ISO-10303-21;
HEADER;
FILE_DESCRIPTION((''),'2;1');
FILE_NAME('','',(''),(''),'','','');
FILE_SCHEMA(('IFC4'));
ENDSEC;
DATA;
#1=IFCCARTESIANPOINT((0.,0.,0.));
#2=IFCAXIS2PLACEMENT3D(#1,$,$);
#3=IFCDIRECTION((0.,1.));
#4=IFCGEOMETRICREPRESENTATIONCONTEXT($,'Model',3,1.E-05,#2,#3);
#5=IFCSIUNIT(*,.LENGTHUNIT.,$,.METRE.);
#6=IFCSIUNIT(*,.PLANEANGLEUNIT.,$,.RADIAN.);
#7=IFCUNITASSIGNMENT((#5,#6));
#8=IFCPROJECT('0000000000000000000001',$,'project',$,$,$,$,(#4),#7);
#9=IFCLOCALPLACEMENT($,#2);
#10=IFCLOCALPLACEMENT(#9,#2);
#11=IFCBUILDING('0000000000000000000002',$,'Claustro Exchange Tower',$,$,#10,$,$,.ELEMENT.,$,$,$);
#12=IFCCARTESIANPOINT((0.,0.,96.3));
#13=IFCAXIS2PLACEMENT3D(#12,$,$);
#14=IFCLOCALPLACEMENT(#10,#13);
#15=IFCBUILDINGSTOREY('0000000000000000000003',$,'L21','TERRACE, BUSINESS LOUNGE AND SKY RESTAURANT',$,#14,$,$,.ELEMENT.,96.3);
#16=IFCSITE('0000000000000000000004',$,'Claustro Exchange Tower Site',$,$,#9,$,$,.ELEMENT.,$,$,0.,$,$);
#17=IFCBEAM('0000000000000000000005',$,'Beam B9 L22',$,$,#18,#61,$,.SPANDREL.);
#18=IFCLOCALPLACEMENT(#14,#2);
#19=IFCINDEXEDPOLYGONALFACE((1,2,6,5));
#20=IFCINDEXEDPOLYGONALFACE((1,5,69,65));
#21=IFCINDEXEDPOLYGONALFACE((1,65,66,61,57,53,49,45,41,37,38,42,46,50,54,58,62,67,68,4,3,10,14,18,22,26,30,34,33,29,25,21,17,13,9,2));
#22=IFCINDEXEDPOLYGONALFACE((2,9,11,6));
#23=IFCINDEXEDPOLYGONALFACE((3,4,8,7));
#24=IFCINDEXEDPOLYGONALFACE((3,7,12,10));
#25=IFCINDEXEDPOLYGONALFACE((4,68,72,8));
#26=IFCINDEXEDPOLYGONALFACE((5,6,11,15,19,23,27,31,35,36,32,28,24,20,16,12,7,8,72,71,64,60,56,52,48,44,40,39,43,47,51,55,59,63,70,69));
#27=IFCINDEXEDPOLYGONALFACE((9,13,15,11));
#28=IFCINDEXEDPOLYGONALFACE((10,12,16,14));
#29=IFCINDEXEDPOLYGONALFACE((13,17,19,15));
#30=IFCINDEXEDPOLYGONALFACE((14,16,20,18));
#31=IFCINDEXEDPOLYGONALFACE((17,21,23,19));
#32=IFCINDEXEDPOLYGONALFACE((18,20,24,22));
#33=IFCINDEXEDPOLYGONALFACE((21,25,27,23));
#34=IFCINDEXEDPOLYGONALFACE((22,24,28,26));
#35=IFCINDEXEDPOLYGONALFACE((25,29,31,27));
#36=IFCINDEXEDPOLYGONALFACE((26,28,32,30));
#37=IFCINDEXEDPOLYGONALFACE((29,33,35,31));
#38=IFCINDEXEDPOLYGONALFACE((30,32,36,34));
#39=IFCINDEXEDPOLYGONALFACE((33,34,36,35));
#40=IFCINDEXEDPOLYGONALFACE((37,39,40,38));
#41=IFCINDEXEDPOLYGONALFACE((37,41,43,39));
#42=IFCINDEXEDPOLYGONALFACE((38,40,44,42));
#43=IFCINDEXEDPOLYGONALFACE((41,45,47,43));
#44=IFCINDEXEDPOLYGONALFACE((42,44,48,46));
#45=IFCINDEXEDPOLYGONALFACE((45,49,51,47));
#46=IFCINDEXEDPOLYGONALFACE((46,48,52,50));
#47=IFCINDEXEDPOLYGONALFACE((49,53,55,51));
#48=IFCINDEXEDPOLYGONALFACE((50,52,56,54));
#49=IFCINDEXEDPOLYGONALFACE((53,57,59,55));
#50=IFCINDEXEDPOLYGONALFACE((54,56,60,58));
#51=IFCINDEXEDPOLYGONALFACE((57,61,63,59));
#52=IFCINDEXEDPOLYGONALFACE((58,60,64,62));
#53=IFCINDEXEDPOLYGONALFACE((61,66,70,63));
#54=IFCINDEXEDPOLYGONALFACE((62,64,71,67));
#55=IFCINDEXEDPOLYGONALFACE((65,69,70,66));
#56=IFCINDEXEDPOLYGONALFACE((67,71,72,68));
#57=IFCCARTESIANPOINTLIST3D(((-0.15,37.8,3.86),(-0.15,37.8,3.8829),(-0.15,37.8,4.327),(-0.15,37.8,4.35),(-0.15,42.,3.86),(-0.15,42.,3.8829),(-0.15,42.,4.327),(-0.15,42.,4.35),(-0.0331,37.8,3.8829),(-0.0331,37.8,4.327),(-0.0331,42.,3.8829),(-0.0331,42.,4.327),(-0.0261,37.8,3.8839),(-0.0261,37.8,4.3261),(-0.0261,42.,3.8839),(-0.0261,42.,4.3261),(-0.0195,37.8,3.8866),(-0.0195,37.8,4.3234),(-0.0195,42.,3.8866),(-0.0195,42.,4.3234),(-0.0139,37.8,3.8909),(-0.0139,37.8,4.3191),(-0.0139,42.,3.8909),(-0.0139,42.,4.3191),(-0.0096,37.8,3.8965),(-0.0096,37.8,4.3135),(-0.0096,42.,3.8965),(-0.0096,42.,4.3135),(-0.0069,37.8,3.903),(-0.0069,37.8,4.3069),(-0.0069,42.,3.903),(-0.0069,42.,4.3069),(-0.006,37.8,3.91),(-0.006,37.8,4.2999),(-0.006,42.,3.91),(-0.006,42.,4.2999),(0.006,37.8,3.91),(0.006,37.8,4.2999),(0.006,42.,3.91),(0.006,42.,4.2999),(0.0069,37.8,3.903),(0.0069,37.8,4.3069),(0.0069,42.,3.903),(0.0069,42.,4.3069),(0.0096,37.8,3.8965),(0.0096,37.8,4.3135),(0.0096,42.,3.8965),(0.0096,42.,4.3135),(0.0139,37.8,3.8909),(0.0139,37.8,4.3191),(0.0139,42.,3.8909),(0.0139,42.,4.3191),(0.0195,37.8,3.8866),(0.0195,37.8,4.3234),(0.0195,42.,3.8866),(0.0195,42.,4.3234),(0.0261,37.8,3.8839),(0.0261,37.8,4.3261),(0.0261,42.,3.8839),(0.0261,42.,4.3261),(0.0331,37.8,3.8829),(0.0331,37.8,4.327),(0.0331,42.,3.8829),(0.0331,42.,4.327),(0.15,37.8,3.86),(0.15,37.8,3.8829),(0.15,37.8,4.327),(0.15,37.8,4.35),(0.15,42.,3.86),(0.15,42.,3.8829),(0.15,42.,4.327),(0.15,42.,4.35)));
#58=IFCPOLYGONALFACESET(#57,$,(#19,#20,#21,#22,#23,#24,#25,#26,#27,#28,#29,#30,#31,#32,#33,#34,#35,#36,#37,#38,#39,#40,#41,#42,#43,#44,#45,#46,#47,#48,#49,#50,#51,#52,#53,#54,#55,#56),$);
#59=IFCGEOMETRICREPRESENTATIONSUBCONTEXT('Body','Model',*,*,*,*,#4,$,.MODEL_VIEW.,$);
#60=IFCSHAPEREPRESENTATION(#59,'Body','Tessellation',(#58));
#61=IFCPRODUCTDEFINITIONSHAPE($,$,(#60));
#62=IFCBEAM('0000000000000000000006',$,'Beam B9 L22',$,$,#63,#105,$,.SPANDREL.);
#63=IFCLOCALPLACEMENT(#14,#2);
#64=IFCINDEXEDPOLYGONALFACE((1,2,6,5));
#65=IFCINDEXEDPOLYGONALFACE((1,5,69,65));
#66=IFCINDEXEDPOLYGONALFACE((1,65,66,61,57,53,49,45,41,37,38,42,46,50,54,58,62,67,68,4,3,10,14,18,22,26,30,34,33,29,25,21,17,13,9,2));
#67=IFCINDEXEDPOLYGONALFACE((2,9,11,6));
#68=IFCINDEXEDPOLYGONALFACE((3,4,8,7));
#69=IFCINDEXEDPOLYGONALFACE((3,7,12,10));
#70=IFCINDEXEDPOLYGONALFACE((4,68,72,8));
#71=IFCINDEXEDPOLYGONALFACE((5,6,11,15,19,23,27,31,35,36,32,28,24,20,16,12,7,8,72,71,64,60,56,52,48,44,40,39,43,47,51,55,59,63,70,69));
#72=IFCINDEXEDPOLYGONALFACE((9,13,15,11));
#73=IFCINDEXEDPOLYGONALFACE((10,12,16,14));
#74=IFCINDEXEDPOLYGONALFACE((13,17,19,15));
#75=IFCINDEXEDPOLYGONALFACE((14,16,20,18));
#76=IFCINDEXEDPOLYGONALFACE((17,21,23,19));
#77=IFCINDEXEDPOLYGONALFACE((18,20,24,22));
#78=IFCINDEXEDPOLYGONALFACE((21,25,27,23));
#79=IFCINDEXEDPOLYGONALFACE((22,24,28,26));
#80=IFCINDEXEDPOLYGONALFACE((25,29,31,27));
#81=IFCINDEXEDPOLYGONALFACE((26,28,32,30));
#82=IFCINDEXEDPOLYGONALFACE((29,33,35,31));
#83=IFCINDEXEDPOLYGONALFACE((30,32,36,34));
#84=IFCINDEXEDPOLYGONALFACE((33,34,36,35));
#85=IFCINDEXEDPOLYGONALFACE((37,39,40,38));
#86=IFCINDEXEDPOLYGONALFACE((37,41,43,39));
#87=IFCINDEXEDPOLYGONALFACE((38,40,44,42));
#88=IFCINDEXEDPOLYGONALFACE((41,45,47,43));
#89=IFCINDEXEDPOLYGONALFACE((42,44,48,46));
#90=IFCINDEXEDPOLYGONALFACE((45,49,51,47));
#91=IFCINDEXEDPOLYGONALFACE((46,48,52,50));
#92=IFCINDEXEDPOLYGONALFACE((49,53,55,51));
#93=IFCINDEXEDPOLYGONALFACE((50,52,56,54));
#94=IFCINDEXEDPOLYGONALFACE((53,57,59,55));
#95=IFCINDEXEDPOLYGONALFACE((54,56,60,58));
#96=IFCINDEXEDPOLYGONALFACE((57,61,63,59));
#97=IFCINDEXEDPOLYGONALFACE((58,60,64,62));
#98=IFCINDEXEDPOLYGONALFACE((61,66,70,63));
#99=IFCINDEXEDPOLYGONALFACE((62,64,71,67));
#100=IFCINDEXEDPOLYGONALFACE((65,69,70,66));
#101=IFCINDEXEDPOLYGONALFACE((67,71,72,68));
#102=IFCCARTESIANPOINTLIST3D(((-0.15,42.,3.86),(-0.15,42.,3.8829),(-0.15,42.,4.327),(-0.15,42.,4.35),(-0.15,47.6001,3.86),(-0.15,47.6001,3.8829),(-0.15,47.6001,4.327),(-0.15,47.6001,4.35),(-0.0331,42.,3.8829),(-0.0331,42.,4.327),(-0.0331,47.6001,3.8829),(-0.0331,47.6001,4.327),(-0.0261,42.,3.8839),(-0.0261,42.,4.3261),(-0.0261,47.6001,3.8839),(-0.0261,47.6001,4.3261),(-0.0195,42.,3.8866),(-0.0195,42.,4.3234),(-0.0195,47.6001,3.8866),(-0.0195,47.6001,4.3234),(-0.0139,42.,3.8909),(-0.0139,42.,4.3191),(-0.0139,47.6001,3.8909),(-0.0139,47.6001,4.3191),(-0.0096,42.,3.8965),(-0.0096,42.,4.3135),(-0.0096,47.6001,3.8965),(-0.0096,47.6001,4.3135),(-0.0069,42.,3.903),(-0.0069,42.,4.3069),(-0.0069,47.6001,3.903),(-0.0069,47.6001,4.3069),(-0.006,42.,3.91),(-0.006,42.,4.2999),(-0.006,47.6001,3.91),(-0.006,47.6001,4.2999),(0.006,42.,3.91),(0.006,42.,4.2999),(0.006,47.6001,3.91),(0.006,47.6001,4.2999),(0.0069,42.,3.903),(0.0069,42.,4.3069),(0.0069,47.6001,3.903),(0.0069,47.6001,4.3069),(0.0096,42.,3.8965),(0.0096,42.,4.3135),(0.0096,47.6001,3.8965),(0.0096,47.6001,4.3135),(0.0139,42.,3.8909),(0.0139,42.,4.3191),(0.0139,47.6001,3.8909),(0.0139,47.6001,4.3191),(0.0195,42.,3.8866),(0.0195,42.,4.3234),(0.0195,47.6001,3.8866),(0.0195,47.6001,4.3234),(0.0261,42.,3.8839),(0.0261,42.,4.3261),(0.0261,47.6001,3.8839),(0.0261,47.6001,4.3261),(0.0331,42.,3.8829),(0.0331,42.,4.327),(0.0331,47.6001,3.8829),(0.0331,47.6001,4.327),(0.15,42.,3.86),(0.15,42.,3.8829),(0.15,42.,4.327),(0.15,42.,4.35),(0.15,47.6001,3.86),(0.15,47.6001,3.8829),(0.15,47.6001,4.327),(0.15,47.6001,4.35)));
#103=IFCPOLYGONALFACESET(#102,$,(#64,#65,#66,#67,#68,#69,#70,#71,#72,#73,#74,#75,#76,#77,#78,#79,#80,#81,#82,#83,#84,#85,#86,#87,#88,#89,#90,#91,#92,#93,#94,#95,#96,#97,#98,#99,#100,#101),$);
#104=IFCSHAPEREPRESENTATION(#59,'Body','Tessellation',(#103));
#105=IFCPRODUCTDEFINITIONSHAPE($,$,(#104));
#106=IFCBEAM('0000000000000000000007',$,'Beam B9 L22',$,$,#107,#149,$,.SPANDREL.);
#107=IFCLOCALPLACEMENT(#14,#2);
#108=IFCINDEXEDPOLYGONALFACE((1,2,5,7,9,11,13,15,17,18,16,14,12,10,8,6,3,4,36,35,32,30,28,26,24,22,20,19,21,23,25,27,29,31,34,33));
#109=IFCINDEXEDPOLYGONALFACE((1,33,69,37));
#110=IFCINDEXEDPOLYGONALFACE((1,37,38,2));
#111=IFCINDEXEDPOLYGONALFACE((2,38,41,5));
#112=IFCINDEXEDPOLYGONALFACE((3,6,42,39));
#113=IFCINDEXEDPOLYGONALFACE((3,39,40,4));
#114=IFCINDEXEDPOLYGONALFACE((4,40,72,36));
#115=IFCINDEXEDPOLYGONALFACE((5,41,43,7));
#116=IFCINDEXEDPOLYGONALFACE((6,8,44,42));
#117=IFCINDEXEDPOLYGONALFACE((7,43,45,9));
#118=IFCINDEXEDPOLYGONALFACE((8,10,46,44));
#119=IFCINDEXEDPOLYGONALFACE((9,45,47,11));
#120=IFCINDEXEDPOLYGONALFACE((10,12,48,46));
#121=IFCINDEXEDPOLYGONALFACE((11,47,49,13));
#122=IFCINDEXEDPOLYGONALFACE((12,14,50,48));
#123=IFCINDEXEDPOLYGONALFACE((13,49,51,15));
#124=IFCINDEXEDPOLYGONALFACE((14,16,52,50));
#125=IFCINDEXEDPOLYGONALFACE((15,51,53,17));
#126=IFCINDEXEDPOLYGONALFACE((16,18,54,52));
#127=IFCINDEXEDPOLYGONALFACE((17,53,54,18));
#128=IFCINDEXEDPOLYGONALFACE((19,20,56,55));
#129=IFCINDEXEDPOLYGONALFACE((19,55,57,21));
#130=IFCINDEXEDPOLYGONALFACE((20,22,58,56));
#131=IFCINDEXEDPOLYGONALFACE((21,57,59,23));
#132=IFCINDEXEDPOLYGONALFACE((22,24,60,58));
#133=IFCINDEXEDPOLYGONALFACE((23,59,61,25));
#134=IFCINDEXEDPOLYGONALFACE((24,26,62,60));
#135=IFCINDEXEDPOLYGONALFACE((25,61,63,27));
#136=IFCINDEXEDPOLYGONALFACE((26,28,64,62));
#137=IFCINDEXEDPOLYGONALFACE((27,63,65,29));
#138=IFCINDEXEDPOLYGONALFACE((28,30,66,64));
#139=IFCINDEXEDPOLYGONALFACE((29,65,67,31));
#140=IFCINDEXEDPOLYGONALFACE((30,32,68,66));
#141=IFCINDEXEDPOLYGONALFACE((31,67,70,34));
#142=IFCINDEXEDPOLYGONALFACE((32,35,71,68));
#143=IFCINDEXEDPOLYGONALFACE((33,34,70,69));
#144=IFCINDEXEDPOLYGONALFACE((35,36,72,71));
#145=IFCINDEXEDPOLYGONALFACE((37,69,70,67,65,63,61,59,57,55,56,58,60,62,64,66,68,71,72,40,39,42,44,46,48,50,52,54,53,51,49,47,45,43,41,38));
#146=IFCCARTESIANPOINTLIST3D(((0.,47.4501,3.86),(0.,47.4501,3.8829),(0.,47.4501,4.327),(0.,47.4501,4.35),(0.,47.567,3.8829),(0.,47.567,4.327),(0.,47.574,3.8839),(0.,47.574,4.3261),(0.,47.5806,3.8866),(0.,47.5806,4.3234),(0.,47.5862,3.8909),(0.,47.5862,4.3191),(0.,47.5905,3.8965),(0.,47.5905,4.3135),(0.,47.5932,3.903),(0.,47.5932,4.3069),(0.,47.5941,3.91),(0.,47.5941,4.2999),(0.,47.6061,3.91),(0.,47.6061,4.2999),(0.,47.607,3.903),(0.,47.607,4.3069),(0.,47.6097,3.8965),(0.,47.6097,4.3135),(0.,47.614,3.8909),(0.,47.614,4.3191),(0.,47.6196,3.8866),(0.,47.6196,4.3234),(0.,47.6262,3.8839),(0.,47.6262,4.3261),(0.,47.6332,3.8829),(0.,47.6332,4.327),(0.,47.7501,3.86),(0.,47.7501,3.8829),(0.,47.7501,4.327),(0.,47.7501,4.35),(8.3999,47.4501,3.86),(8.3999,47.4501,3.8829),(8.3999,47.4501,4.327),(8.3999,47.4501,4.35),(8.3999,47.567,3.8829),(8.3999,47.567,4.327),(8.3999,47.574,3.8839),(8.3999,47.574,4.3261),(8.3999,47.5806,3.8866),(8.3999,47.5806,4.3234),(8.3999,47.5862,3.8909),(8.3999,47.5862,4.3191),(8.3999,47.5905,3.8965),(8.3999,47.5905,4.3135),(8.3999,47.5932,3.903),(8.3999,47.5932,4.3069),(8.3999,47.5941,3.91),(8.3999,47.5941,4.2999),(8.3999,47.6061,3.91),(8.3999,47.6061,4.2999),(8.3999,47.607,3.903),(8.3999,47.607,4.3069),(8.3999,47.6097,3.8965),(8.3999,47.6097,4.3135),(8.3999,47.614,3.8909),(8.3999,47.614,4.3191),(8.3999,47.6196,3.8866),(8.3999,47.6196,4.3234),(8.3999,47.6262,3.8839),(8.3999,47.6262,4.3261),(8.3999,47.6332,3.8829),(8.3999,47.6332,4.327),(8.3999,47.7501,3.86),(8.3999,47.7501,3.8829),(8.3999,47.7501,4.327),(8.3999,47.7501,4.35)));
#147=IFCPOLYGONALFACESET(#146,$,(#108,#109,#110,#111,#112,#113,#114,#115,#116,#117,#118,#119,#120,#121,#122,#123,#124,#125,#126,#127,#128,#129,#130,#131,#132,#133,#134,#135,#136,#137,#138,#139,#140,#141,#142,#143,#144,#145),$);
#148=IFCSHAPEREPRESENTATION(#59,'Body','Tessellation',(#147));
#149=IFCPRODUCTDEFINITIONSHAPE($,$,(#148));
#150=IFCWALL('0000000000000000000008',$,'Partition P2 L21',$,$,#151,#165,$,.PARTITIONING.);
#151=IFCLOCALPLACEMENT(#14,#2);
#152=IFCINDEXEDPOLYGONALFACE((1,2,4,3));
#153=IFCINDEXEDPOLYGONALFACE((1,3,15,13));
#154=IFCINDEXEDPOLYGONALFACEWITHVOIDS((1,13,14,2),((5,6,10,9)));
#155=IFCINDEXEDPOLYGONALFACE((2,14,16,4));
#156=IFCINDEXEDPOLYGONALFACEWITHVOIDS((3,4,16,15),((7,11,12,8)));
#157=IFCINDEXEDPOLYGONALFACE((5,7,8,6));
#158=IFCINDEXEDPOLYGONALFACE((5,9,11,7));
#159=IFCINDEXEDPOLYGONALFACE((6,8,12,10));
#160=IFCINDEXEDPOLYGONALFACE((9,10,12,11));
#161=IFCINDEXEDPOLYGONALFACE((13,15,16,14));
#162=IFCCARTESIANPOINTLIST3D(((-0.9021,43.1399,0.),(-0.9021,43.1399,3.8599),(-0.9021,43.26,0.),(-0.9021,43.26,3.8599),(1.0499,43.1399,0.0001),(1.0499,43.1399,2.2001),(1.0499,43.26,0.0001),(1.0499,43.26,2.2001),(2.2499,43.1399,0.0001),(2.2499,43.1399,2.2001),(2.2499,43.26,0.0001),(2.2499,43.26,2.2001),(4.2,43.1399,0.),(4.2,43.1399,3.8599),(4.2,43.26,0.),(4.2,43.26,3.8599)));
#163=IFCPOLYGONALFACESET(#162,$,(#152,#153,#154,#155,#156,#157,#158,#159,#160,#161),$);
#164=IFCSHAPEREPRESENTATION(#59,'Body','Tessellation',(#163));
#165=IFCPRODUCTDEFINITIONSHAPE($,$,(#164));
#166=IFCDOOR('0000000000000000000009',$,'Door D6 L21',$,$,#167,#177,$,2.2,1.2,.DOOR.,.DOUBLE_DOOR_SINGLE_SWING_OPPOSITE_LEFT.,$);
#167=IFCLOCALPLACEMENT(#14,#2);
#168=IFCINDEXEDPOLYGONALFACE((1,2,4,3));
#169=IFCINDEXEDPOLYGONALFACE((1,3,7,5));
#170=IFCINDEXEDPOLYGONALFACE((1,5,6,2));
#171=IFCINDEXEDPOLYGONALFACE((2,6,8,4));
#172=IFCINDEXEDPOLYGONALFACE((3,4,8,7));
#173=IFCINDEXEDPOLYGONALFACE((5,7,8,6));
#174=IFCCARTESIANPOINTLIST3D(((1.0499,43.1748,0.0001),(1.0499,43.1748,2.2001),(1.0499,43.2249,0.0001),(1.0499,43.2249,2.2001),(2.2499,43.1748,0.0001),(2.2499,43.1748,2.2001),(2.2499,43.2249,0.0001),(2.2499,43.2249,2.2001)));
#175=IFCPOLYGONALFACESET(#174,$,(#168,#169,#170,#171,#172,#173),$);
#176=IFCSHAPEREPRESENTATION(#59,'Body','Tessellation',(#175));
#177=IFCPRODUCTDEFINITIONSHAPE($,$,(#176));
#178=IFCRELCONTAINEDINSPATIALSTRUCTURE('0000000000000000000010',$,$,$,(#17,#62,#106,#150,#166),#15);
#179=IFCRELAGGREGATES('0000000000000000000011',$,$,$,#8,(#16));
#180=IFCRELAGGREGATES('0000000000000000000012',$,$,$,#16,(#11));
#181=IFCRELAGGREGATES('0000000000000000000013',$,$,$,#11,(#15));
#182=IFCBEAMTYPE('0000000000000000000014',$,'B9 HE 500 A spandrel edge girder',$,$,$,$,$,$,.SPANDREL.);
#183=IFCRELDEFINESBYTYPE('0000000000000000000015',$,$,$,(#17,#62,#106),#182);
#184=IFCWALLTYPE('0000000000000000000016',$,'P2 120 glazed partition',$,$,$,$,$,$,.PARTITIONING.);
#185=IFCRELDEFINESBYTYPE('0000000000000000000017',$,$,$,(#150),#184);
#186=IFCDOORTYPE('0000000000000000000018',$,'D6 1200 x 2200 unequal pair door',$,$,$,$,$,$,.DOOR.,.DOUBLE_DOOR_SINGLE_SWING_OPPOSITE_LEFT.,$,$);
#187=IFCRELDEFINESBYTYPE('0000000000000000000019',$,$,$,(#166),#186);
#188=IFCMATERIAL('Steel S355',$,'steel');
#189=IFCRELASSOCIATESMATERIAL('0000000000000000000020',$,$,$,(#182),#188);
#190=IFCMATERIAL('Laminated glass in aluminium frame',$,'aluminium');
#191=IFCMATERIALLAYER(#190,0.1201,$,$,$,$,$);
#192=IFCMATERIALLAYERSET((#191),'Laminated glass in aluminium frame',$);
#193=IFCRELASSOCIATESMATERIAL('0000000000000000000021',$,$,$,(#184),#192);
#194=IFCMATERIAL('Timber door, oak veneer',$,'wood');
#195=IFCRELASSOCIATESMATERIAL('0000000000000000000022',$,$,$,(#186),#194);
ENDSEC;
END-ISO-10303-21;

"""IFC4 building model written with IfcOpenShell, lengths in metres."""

from ifc_helpers import new_model, si_unit, direction, frame, frame_2d, origin, origin_2d, place, context, subcontext, project, spatial, rectangle, i_section, extrude, material, layer, layer_set, material_profile, profile_set, type_object, element, fill, save


model = new_model("IFC4")

# Units and contexts
model_context = context("Model", 3, precision=1e-05, world=origin(), true_north=direction((0.0, 1.0)))
body_context = subcontext(model_context, "Body", "Model", "MODEL_VIEW")
ifc_project = project(units=[si_unit("LENGTHUNIT", "METRE"), si_unit("PLANEANGLEUNIT", "RADIAN")], contexts=[model_context])

# Site, building, storey
site_placement = place(None, origin())
site = spatial("IfcSite", under=ifc_project, at=site_placement, Name="Claustro Exchange Tower Site", CompositionType="ELEMENT", RefElevation=0.0)
building_placement = place(site_placement, origin())
building = spatial("IfcBuilding", under=site, at=building_placement, Name="Claustro Exchange Tower", CompositionType="ELEMENT")
storey_placement = place(building_placement, frame((0.0, 0.0, 96.3)))
storey = spatial("IfcBuildingStorey", under=building, at=storey_placement, Name="L21", Description="TERRACE, BUSINESS LOUNGE AND SKY RESTAURANT", CompositionType="ELEMENT", Elevation=96.3)

# Beams
ifc_material_1 = material(Name="Steel S355", Category="steel")
ifc_material_profile_1 = material_profile(ifc_material_1, i_section(OverallWidth=0.3, OverallDepth=0.49, WebThickness=0.012, FlangeThickness=0.0229, FilletRadius=0.0271, at=origin_2d()), Name="HE 500 A")
ifc_profile_set_1 = profile_set([ifc_material_profile_1], Name="Steel S355")
beam_type_1 = type_object("IfcBeamType", Name="B9 HE 500 A spandrel edge girder", PredefinedType="SPANDREL", material=ifc_profile_set_1)
beam_1_placement = place(storey_placement, frame((0.0, 37.8, 4.105), z_axis=(0.0, 1.0, 0.0), x_axis=(-1.0, 0.0, 0.0)))
element("IfcBeam", 1, at=beam_1_placement, inside=storey, type_object=beam_type_1, Name="Beam B9 L22", PredefinedType="SPANDREL", context=body_context, shape_type="SweptSolid", body=[
    extrude(i_section(OverallWidth=0.3, OverallDepth=0.49, WebThickness=0.012, FlangeThickness=0.0229, FilletRadius=0.0271, at=origin_2d()), origin(), (0.0, 0.0, 1.0), 4.2),
])
beam_2_placement = place(storey_placement, frame((0.0, 42.0, 4.105), z_axis=(0.0, 1.0, 0.0), x_axis=(-1.0, 0.0, 0.0)))
element("IfcBeam", 2, at=beam_2_placement, inside=storey, type_object=beam_type_1, Name="Beam B9 L22", PredefinedType="SPANDREL", context=body_context, shape_type="SweptSolid", body=[
    extrude(i_section(OverallWidth=0.3, OverallDepth=0.49, WebThickness=0.012, FlangeThickness=0.0229, FilletRadius=0.0271, at=origin_2d()), origin(), (0.0, 0.0, 1.0), 5.6001),
])
beam_3_placement = place(storey_placement, frame((0.0, 47.6001, 4.105), z_axis=(1.0, 0.0, 0.0), x_axis=(0.0, 1.0, 0.0)))
element("IfcBeam", 3, at=beam_3_placement, inside=storey, type_object=beam_type_1, Name="Beam B9 L22", PredefinedType="SPANDREL", context=body_context, shape_type="SweptSolid", body=[
    extrude(i_section(OverallWidth=0.3, OverallDepth=0.49, WebThickness=0.012, FlangeThickness=0.0229, FilletRadius=0.0271, at=origin_2d()), origin(), (0.0, 0.0, 1.0), 8.3999),
])

# Wall, opening, door
ifc_material_2 = material(Name="Laminated glass in aluminium frame", Category="aluminium")
ifc_layer_1 = layer(ifc_material_2, 0.1201)
ifc_layer_set_1 = layer_set([ifc_layer_1], Name="Laminated glass in aluminium frame")
wall_type_1 = type_object("IfcWallType", Name="P2 120 glazed partition", PredefinedType="PARTITIONING", material=ifc_layer_set_1)
wall_1_placement = place(storey_placement, frame((-0.9021, 43.2, 0.0), z_axis=(0.0, 0.0, 1.0), x_axis=(1.0, 0.0, 0.0)))
wall_1 = element("IfcWall", 4, at=wall_1_placement, inside=storey, type_object=wall_type_1, Name="Partition P2 L21", PredefinedType="PARTITIONING", context=body_context, shape_type="SweptSolid", body=[
    extrude(rectangle(XDim=5.1021, YDim=0.1201, at=frame_2d((2.551, 0.0))), origin(), (0.0, 0.0, 1.0), 3.8599),
])
opening_1_placement = place(wall_1_placement, frame((1.9519, 0.0, 0.0)))
opening_1 = element("IfcOpeningElement", 5, at=opening_1_placement, cuts=wall_1, PredefinedType="OPENING", context=body_context, shape_type="SweptSolid", body=[
    extrude(rectangle(XDim=1.2, YDim=2.2, at=frame_2d((0.6001, 1.1001))), frame((0.0, 0.0701, 0.0), z_axis=(0.0, -1.0, 0.0), x_axis=(1.0, 0.0, 0.0)), (0.0, 0.0, 1.0), 0.1401),
])
ifc_material_3 = material(Name="Timber door, oak veneer", Category="wood")
door_type_1 = type_object("IfcDoorType", Name="D6 1200 x 2200 unequal pair door", OperationType="DOUBLE_DOOR_SINGLE_SWING_OPPOSITE_LEFT", PredefinedType="DOOR", material=ifc_material_3)
door_1_placement = place(opening_1_placement, origin())
door_1 = element("IfcDoor", 6, at=door_1_placement, inside=storey, type_object=door_type_1, Name="Door D6 L21", OperationType="DOUBLE_DOOR_SINGLE_SWING_OPPOSITE_LEFT", OverallHeight=2.2, OverallWidth=1.2, PredefinedType="DOOR", context=body_context, shape_type="SweptSolid", body=[
    extrude(rectangle(XDim=1.2, YDim=2.2, at=frame_2d((0.6001, 1.1001))), frame((0.0, 0.0249, 0.0), z_axis=(0.0, -1.0, 0.0), x_axis=(1.0, 0.0, 0.0)), (0.0, 0.0, 1.0), 0.05),
])
fill(opening_1, door_1)

save(model, "model.ifc")
